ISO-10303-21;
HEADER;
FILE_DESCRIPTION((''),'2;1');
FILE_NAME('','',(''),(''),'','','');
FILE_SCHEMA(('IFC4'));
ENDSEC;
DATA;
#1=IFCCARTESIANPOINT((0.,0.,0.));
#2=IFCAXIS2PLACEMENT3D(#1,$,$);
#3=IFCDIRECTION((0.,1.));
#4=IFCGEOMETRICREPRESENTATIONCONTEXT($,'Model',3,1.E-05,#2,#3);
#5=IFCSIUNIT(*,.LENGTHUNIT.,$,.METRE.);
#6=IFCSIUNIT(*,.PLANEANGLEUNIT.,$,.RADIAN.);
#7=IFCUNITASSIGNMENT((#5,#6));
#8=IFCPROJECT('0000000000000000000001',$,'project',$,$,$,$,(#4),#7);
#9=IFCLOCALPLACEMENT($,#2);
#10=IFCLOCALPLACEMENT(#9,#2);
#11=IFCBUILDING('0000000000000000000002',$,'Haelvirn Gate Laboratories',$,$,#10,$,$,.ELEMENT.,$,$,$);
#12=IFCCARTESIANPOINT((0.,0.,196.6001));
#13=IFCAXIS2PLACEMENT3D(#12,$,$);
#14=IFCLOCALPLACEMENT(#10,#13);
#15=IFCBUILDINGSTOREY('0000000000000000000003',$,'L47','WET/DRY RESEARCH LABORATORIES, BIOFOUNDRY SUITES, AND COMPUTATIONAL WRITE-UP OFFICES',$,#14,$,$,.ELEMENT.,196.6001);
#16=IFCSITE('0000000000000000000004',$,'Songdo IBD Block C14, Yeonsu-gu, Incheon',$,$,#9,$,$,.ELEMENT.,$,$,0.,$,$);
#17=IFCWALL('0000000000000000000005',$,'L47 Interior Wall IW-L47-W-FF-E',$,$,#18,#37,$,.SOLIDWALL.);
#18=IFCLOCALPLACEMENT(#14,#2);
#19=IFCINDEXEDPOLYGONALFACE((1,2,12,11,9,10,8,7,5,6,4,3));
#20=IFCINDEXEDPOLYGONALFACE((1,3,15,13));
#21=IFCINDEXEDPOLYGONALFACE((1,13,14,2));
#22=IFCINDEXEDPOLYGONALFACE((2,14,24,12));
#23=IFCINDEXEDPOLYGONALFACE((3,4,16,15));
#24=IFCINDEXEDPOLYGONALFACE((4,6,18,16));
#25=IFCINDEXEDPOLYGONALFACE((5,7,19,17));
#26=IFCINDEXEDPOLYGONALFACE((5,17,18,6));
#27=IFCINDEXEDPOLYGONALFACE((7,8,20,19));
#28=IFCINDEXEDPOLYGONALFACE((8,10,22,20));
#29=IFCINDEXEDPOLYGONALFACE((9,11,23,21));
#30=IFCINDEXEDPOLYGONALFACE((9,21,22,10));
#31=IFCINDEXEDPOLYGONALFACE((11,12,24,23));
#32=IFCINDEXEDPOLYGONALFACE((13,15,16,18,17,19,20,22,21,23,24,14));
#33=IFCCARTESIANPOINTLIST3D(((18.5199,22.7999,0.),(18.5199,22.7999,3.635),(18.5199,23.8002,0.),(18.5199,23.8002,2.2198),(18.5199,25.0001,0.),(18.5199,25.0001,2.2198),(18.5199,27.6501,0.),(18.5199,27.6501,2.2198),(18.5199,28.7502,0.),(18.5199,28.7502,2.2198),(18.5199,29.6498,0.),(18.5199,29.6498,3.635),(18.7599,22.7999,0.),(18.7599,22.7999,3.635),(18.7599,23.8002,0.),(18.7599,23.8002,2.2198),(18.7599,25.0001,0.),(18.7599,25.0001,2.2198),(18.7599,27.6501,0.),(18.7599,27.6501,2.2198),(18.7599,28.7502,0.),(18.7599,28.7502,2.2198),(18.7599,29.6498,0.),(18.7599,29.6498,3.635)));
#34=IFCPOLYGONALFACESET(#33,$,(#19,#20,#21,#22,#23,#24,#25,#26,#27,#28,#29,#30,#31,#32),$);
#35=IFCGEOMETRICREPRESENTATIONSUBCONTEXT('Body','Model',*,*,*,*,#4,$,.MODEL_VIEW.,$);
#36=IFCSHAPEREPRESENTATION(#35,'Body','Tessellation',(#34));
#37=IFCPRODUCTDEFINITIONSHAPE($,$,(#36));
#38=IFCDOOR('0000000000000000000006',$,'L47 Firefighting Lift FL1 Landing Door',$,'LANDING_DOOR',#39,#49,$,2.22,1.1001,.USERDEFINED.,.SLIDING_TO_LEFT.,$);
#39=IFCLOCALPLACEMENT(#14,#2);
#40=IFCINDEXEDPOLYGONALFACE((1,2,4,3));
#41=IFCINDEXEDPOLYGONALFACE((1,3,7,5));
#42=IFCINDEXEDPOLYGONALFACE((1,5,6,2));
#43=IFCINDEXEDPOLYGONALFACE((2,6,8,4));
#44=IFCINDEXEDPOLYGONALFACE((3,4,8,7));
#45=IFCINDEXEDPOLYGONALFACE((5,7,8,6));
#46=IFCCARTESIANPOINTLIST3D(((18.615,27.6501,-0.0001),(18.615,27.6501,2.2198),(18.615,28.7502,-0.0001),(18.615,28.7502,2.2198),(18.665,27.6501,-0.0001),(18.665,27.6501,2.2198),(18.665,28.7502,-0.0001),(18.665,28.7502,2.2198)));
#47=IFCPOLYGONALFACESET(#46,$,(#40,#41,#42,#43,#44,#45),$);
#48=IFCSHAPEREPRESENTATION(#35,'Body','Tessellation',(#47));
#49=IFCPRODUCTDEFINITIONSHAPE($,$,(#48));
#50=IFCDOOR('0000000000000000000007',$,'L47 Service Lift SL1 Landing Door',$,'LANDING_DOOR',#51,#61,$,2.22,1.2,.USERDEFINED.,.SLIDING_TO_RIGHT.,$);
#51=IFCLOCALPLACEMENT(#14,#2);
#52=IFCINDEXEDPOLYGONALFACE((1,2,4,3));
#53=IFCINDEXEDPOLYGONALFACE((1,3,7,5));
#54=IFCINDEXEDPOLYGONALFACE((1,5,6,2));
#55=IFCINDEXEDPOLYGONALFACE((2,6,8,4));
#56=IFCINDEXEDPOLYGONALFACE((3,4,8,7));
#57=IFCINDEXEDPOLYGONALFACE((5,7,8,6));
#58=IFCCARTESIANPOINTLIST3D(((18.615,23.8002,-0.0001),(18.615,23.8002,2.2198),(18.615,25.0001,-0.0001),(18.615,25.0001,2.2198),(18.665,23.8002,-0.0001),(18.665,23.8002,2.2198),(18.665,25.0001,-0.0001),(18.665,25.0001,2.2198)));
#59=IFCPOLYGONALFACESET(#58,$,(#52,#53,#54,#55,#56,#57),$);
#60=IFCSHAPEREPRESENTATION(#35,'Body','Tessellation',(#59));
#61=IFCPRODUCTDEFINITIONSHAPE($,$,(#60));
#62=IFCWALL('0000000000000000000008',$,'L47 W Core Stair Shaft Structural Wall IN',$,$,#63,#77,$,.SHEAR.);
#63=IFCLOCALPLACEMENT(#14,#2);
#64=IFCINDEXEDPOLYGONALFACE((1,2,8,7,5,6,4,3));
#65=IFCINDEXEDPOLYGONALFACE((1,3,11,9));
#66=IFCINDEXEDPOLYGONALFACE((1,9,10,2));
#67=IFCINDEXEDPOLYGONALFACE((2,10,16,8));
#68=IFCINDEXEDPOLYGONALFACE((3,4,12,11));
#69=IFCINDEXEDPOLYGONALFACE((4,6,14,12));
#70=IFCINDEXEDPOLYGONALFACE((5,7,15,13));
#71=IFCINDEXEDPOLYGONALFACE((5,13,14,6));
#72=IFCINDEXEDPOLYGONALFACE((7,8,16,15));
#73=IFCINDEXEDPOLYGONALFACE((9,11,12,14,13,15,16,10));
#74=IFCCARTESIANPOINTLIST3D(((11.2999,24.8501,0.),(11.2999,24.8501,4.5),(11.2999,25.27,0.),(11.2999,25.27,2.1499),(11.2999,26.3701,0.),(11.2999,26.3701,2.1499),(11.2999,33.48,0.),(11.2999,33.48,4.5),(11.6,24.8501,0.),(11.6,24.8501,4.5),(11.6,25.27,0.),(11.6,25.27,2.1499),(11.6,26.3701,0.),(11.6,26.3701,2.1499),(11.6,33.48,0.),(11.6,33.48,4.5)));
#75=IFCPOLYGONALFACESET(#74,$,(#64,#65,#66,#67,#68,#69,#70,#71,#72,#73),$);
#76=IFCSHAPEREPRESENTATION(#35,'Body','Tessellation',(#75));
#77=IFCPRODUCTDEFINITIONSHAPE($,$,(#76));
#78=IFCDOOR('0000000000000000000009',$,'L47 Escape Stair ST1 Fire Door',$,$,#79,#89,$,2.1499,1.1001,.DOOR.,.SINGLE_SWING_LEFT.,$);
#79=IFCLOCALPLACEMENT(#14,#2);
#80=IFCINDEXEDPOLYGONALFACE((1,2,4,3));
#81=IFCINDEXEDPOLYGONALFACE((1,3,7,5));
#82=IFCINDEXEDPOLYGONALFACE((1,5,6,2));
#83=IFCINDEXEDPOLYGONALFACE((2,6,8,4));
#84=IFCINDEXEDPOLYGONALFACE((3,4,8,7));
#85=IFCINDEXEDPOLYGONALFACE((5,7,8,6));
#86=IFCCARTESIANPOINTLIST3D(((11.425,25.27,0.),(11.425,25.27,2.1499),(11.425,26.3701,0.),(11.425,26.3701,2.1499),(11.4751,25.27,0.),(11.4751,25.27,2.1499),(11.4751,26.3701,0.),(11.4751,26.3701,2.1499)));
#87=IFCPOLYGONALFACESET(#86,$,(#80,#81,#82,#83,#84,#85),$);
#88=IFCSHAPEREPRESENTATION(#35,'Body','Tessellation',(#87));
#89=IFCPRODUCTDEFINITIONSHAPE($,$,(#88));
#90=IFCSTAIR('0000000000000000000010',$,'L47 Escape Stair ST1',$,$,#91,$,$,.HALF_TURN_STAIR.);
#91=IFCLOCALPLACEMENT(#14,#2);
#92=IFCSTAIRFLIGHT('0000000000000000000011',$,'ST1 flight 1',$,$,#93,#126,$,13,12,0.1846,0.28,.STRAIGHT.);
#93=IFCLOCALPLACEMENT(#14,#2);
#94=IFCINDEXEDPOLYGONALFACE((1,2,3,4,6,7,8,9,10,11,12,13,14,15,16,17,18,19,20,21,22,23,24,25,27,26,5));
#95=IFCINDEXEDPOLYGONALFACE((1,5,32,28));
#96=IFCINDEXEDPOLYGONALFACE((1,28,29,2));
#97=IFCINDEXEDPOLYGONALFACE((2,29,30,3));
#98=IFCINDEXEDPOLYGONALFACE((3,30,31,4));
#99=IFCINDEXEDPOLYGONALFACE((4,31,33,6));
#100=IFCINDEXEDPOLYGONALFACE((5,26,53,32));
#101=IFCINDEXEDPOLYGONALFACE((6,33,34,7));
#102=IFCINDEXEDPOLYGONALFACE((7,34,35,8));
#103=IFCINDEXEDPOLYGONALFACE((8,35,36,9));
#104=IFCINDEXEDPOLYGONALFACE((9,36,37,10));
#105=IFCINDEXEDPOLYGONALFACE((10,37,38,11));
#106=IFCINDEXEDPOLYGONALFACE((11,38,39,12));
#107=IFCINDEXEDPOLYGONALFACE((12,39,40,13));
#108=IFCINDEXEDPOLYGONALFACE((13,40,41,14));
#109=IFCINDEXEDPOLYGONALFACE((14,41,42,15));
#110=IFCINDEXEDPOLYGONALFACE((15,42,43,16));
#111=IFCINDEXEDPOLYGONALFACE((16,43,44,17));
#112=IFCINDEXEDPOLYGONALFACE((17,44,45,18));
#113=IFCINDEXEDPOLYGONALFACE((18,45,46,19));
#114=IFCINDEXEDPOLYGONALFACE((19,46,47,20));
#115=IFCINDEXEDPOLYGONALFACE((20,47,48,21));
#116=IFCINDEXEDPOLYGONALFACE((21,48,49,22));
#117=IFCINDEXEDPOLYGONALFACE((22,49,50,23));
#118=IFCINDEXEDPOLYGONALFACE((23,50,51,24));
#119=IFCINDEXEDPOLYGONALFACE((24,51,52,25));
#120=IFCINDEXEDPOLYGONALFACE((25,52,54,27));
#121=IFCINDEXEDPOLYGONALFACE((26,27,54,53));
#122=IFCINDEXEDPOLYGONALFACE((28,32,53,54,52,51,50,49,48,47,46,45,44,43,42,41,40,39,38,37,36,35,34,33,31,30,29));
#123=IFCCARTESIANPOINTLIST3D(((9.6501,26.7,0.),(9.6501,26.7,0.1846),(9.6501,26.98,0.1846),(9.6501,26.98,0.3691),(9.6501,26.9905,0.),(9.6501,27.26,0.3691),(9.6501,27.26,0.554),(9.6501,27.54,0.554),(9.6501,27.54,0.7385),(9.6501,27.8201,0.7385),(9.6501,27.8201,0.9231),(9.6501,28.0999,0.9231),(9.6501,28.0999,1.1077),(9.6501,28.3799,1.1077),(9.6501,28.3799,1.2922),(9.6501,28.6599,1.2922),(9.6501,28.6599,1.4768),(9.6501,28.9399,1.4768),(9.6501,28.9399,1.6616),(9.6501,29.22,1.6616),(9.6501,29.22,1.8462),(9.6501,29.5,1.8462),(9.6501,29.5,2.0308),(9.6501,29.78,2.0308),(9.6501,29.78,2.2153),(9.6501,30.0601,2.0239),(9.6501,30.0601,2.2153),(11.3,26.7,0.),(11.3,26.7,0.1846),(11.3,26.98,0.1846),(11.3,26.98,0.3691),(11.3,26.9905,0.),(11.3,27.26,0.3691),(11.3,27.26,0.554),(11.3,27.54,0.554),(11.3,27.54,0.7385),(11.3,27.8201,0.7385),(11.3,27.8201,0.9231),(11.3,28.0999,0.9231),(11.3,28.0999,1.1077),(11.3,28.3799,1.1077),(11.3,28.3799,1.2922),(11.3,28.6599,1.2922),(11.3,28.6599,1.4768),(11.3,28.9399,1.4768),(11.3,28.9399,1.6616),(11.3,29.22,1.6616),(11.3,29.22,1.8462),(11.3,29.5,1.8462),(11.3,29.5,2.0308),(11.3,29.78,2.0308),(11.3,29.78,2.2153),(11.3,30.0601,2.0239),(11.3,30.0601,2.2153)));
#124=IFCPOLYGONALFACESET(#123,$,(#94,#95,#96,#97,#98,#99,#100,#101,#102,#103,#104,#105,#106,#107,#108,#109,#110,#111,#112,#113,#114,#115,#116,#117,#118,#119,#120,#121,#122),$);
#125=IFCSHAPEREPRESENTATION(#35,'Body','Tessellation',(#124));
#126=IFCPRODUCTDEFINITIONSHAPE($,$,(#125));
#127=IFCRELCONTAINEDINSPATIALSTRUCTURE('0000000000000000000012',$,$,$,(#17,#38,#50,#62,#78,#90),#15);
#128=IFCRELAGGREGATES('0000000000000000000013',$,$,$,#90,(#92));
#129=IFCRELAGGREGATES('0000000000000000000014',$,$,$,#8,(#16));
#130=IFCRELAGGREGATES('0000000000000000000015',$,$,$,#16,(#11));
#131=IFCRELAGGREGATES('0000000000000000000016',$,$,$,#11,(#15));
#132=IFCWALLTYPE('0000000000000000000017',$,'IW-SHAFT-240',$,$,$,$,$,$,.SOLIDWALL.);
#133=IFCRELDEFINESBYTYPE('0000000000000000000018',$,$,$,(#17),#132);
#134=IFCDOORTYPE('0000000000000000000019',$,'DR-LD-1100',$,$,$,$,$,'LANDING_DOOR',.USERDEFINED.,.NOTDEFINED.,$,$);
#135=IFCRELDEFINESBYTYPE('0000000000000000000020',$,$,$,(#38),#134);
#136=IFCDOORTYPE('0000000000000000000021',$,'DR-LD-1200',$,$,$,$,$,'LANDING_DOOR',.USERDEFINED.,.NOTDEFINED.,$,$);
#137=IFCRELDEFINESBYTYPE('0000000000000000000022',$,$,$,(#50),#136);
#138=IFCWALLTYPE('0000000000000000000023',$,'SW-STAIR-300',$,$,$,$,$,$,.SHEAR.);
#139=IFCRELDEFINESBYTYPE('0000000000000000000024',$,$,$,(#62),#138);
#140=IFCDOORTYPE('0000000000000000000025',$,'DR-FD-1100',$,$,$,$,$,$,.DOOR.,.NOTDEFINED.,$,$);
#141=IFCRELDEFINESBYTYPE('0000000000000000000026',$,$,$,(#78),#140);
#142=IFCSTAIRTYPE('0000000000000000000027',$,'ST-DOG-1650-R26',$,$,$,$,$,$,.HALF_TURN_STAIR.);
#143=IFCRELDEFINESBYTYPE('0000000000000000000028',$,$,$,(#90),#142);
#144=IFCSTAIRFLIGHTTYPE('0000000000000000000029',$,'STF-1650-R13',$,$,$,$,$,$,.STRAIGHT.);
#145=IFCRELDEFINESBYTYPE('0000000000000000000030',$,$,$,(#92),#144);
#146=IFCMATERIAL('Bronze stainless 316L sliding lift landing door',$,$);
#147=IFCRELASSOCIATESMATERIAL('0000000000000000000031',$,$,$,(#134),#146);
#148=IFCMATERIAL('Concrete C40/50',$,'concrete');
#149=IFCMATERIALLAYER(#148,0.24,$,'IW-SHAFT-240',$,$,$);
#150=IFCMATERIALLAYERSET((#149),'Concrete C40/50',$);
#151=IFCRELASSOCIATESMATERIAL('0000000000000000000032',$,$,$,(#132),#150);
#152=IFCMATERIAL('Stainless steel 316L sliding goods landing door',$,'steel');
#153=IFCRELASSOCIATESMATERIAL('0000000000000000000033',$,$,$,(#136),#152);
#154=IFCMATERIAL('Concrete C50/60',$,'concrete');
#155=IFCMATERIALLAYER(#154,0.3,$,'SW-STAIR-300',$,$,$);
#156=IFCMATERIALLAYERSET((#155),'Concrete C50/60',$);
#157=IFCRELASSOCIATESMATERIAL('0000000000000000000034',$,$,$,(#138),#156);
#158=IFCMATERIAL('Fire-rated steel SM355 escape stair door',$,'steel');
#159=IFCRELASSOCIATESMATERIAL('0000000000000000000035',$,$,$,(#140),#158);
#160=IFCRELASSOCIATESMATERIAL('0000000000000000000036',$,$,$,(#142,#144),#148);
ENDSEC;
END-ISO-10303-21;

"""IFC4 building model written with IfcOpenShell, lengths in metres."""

from ifc_helpers import new_model, si_unit, direction, frame, frame_2d, origin, place, context, subcontext, project, spatial, polyline, rectangle, outline, extrude, source, transform, mapped, material, layer, layer_set, type_object, type_shapes, element, fill, aggregate, save


model = new_model("IFC4")

# Units and contexts
model_context = context("Model", 3, precision=1e-05, world=origin(), true_north=direction((0.0, 1.0)))
body_context = subcontext(model_context, "Body", "Model", "MODEL_VIEW")
ifc_project = project(units=[si_unit("LENGTHUNIT", "METRE"), si_unit("PLANEANGLEUNIT", "RADIAN")], contexts=[model_context])

# Site, building, storey
site_placement = place(None, origin())
site = spatial("IfcSite", under=ifc_project, at=site_placement, Name="Songdo IBD Block C14, Yeonsu-gu, Incheon", CompositionType="ELEMENT", RefElevation=0.0)
building_placement = place(site_placement, origin())
building = spatial("IfcBuilding", under=site, at=building_placement, Name="Haelvirn Gate Laboratories", CompositionType="ELEMENT")
storey_placement = place(building_placement, frame((0.0, 0.0, 196.6001)))
storey = spatial("IfcBuildingStorey", under=building, at=storey_placement, Name="L47", Description="WET/DRY RESEARCH LABORATORIES, BIOFOUNDRY SUITES, AND COMPUTATIONAL WRITE-UP OFFICES", CompositionType="ELEMENT", Elevation=196.6001)

# Shared definitions
ifc_material_1 = material(Name="Concrete C40/50", Category="concrete")

# Shared definitions
ifc_material_2 = material(Name="Bronze stainless 316L sliding lift landing door")
door_type_1 = type_object("IfcDoorType", Name="DR-LD-1100", ElementType="LANDING_DOOR", OperationType="NOTDEFINED", PredefinedType="USERDEFINED", material=ifc_material_2)
shared_shape_1 = source(origin(), body_context, "Body", "SweptSolid", [
    extrude(rectangle(XDim=1.1001, YDim=2.22, at=frame_2d((0.55, 1.1099))), frame((0.0, 0.0249, 0.0), z_axis=(0.0, -1.0, 0.0), x_axis=(1.0, 0.0, 0.0)), (0.0, 0.0, 1.0), 0.05),
])
type_shapes(door_type_1, [shared_shape_1])

# Shared definitions
ifc_layer_1 = layer(ifc_material_1, 0.24, Name="IW-SHAFT-240")
ifc_layer_set_1 = layer_set([ifc_layer_1], Name="Concrete C40/50")
wall_type_1 = type_object("IfcWallType", Name="IW-SHAFT-240", PredefinedType="SOLIDWALL", material=ifc_layer_set_1)

# Wall, openings, doors
wall_1_placement = place(storey_placement, frame((18.6399, 22.8, 0.0), z_axis=(0.0, 0.0, 1.0), x_axis=(0.0, 1.0, 0.0)))
wall_1 = element("IfcWall", 1, at=wall_1_placement, inside=storey, type_object=wall_type_1, Name="L47 Interior Wall IW-L47-W-FF-E", PredefinedType="SOLIDWALL", context=body_context, shape_type="SweptSolid", body=[
    extrude(rectangle(XDim=6.8499, YDim=0.24, at=frame_2d((3.4248, 0.0))), origin(), (0.0, 0.0, 1.0), 3.635),
])
opening_1_placement = place(wall_1_placement, frame((4.8501, 0.0, 0.0)))
opening_1 = element("IfcOpeningElement", 2, at=opening_1_placement, cuts=wall_1, PredefinedType="OPENING", context=body_context, shape_type="SweptSolid", body=[
    extrude(rectangle(XDim=1.1001, YDim=2.22, at=frame_2d((0.55, 1.1099))), frame((0.0, 0.1299, 0.0), z_axis=(0.0, -1.0, 0.0), x_axis=(1.0, 0.0, 0.0)), (0.0, 0.0, 1.0), 0.26),
])
opening_2_placement = place(wall_1_placement, frame((1.0, 0.0, 0.0)))
opening_2 = element("IfcOpeningElement", 3, at=opening_2_placement, cuts=wall_1, PredefinedType="OPENING", context=body_context, shape_type="SweptSolid", body=[
    extrude(rectangle(XDim=1.2, YDim=2.22, at=frame_2d((0.6001, 1.1099))), frame((0.0, 0.1299, 0.0), z_axis=(0.0, -1.0, 0.0), x_axis=(1.0, 0.0, 0.0)), (0.0, 0.0, 1.0), 0.26),
])
door_1_placement = place(opening_1_placement, origin())
door_1 = element("IfcDoor", 4, at=door_1_placement, inside=storey, type_object=door_type_1, Name="L47 Firefighting Lift FL1 Landing Door", ObjectType="LANDING_DOOR", OperationType="SLIDING_TO_LEFT", OverallHeight=2.22, OverallWidth=1.1001, PredefinedType="USERDEFINED", context=body_context, shape_type="MappedRepresentation", body=[
    mapped(shared_shape_1, transform((0.0, 0.0, 0.0), scale=1.0)),
])
fill(opening_1, door_1)
ifc_material_3 = material(Name="Stainless steel 316L sliding goods landing door", Category="steel")
door_type_2 = type_object("IfcDoorType", Name="DR-LD-1200", ElementType="LANDING_DOOR", OperationType="NOTDEFINED", PredefinedType="USERDEFINED", material=ifc_material_3)
shared_shape_2 = source(origin(), body_context, "Body", "SweptSolid", [
    extrude(rectangle(XDim=1.2, YDim=2.22, at=frame_2d((0.6001, 1.1099))), frame((0.0, 0.0249, 0.0), z_axis=(0.0, -1.0, 0.0), x_axis=(1.0, 0.0, 0.0)), (0.0, 0.0, 1.0), 0.05),
])
type_shapes(door_type_2, [shared_shape_2])
door_2_placement = place(opening_2_placement, origin())
door_2 = element("IfcDoor", 5, at=door_2_placement, inside=storey, type_object=door_type_2, Name="L47 Service Lift SL1 Landing Door", ObjectType="LANDING_DOOR", OperationType="SLIDING_TO_RIGHT", OverallHeight=2.22, OverallWidth=1.2, PredefinedType="USERDEFINED", context=body_context, shape_type="MappedRepresentation", body=[
    mapped(shared_shape_2, transform((0.0, 0.0, 0.0), scale=1.0)),
])
fill(opening_2, door_2)

# Wall, opening, door
ifc_material_4 = material(Name="Concrete C50/60", Category="concrete")
ifc_layer_2 = layer(ifc_material_4, 0.3, Name="SW-STAIR-300")
ifc_layer_set_2 = layer_set([ifc_layer_2], Name="Concrete C50/60")
wall_type_2 = type_object("IfcWallType", Name="SW-STAIR-300", PredefinedType="SHEAR", material=ifc_layer_set_2)
wall_2_placement = place(storey_placement, frame((11.45, 24.8501, 0.0), z_axis=(0.0, 0.0, 1.0), x_axis=(0.0, 1.0, 0.0)))
wall_2 = element("IfcWall", 6, at=wall_2_placement, inside=storey, type_object=wall_type_2, Name="L47 W Core Stair Shaft Structural Wall IN", PredefinedType="SHEAR", context=body_context, shape_type="SweptSolid", body=[
    extrude(rectangle(XDim=8.6299, YDim=0.3, at=frame_2d((4.3149, 0.0))), origin(), (0.0, 0.0, 1.0), 4.5),
])
opening_3_placement = place(wall_2_placement, frame((0.4199, 0.0, 0.0)))
opening_3 = element("IfcOpeningElement", 7, at=opening_3_placement, cuts=wall_2, PredefinedType="OPENING", context=body_context, shape_type="SweptSolid", body=[
    extrude(rectangle(XDim=1.1001, YDim=2.1499, at=frame_2d((0.55, 1.075))), frame((0.0, 0.1602, 0.0), z_axis=(0.0, -1.0, 0.0), x_axis=(1.0, 0.0, 0.0)), (0.0, 0.0, 1.0), 0.3201),
])
ifc_material_5 = material(Name="Fire-rated steel SM355 escape stair door", Category="steel")
door_type_3 = type_object("IfcDoorType", Name="DR-FD-1100", OperationType="NOTDEFINED", PredefinedType="DOOR", material=ifc_material_5)
shared_shape_3 = source(origin(), body_context, "Body", "SweptSolid", [
    extrude(rectangle(XDim=1.1001, YDim=2.1499, at=frame_2d((0.55, 1.075))), frame((0.0, 0.0249, 0.0), z_axis=(0.0, -1.0, 0.0), x_axis=(1.0, 0.0, 0.0)), (0.0, 0.0, 1.0), 0.05),
])
type_shapes(door_type_3, [shared_shape_3])
door_3_placement = place(opening_3_placement, origin())
door_3 = element("IfcDoor", 8, at=door_3_placement, inside=storey, type_object=door_type_3, Name="L47 Escape Stair ST1 Fire Door", OperationType="SINGLE_SWING_LEFT", OverallHeight=2.1499, OverallWidth=1.1001, PredefinedType="DOOR", context=body_context, shape_type="MappedRepresentation", body=[
    mapped(shared_shape_3, transform((0.0, 0.0, 0.0), scale=1.0)),
])
fill(opening_3, door_3)

# Stair, stair flight
stair_type = type_object("IfcStairType", Name="ST-DOG-1650-R26", PredefinedType="HALF_TURN_STAIR", material=ifc_material_1)
stair_placement = place(storey_placement, origin())
stair = element("IfcStair", 9, at=stair_placement, inside=storey, type_object=stair_type, Name="L47 Escape Stair ST1", PredefinedType="HALF_TURN_STAIR")
stair_flight_type = type_object("IfcStairFlightType", Name="STF-1650-R13", PredefinedType="STRAIGHT", material=ifc_material_1)
shared_shape_4 = source(origin(), body_context, "Body", "SweptSolid", [
    extrude(outline(polyline([(0.0, 0.0), (0.0, 0.1846), (0.28, 0.1846), (0.28, 0.3691), (0.5601, 0.3691), (0.5601, 0.554), (0.8401, 0.554), (0.8401, 0.7385), (1.1201, 0.7385), (1.1201, 0.9231), (1.3999, 0.9231), (1.3999, 1.1077), (1.6799, 1.1077), (1.6799, 1.2922), (1.96, 1.2922), (1.96, 1.4768), (2.24, 1.4768), (2.24, 1.6616), (2.52, 1.6616), (2.52, 1.8462), (2.8, 1.8462), (2.8, 2.0308), (3.0801, 2.0308), (3.0801, 2.2153), (3.3601, 2.2153), (3.3601, 2.3999), (3.3601, 2.0239), (0.2905, 0.0), (0.0, 0.0)])), frame((0.0, 0.825, 0.0), z_axis=(0.0, -1.0, 0.0), x_axis=(1.0, 0.0, 0.0)), (0.0, 0.0, 1.0), 1.6499),
])
type_shapes(stair_flight_type, [shared_shape_4])
stair_flight_placement = place(storey_placement, frame((10.4751, 26.7, 0.0), z_axis=(0.0, 0.0, 1.0), x_axis=(0.0, 1.0, 0.0)))
stair_flight = element("IfcStairFlight", 10, at=stair_flight_placement, type_object=stair_flight_type, Name="ST1 flight 1", NumberOfRisers=13, NumberOfTreads=12, PredefinedType="STRAIGHT", RiserHeight=0.1846, TreadLength=0.28, context=body_context, shape_type="MappedRepresentation", body=[
    mapped(shared_shape_4, transform((0.0, 0.0, 0.0), scale=1.0)),
])
aggregate(stair, [stair_flight])

save(model, "model.ifc")
